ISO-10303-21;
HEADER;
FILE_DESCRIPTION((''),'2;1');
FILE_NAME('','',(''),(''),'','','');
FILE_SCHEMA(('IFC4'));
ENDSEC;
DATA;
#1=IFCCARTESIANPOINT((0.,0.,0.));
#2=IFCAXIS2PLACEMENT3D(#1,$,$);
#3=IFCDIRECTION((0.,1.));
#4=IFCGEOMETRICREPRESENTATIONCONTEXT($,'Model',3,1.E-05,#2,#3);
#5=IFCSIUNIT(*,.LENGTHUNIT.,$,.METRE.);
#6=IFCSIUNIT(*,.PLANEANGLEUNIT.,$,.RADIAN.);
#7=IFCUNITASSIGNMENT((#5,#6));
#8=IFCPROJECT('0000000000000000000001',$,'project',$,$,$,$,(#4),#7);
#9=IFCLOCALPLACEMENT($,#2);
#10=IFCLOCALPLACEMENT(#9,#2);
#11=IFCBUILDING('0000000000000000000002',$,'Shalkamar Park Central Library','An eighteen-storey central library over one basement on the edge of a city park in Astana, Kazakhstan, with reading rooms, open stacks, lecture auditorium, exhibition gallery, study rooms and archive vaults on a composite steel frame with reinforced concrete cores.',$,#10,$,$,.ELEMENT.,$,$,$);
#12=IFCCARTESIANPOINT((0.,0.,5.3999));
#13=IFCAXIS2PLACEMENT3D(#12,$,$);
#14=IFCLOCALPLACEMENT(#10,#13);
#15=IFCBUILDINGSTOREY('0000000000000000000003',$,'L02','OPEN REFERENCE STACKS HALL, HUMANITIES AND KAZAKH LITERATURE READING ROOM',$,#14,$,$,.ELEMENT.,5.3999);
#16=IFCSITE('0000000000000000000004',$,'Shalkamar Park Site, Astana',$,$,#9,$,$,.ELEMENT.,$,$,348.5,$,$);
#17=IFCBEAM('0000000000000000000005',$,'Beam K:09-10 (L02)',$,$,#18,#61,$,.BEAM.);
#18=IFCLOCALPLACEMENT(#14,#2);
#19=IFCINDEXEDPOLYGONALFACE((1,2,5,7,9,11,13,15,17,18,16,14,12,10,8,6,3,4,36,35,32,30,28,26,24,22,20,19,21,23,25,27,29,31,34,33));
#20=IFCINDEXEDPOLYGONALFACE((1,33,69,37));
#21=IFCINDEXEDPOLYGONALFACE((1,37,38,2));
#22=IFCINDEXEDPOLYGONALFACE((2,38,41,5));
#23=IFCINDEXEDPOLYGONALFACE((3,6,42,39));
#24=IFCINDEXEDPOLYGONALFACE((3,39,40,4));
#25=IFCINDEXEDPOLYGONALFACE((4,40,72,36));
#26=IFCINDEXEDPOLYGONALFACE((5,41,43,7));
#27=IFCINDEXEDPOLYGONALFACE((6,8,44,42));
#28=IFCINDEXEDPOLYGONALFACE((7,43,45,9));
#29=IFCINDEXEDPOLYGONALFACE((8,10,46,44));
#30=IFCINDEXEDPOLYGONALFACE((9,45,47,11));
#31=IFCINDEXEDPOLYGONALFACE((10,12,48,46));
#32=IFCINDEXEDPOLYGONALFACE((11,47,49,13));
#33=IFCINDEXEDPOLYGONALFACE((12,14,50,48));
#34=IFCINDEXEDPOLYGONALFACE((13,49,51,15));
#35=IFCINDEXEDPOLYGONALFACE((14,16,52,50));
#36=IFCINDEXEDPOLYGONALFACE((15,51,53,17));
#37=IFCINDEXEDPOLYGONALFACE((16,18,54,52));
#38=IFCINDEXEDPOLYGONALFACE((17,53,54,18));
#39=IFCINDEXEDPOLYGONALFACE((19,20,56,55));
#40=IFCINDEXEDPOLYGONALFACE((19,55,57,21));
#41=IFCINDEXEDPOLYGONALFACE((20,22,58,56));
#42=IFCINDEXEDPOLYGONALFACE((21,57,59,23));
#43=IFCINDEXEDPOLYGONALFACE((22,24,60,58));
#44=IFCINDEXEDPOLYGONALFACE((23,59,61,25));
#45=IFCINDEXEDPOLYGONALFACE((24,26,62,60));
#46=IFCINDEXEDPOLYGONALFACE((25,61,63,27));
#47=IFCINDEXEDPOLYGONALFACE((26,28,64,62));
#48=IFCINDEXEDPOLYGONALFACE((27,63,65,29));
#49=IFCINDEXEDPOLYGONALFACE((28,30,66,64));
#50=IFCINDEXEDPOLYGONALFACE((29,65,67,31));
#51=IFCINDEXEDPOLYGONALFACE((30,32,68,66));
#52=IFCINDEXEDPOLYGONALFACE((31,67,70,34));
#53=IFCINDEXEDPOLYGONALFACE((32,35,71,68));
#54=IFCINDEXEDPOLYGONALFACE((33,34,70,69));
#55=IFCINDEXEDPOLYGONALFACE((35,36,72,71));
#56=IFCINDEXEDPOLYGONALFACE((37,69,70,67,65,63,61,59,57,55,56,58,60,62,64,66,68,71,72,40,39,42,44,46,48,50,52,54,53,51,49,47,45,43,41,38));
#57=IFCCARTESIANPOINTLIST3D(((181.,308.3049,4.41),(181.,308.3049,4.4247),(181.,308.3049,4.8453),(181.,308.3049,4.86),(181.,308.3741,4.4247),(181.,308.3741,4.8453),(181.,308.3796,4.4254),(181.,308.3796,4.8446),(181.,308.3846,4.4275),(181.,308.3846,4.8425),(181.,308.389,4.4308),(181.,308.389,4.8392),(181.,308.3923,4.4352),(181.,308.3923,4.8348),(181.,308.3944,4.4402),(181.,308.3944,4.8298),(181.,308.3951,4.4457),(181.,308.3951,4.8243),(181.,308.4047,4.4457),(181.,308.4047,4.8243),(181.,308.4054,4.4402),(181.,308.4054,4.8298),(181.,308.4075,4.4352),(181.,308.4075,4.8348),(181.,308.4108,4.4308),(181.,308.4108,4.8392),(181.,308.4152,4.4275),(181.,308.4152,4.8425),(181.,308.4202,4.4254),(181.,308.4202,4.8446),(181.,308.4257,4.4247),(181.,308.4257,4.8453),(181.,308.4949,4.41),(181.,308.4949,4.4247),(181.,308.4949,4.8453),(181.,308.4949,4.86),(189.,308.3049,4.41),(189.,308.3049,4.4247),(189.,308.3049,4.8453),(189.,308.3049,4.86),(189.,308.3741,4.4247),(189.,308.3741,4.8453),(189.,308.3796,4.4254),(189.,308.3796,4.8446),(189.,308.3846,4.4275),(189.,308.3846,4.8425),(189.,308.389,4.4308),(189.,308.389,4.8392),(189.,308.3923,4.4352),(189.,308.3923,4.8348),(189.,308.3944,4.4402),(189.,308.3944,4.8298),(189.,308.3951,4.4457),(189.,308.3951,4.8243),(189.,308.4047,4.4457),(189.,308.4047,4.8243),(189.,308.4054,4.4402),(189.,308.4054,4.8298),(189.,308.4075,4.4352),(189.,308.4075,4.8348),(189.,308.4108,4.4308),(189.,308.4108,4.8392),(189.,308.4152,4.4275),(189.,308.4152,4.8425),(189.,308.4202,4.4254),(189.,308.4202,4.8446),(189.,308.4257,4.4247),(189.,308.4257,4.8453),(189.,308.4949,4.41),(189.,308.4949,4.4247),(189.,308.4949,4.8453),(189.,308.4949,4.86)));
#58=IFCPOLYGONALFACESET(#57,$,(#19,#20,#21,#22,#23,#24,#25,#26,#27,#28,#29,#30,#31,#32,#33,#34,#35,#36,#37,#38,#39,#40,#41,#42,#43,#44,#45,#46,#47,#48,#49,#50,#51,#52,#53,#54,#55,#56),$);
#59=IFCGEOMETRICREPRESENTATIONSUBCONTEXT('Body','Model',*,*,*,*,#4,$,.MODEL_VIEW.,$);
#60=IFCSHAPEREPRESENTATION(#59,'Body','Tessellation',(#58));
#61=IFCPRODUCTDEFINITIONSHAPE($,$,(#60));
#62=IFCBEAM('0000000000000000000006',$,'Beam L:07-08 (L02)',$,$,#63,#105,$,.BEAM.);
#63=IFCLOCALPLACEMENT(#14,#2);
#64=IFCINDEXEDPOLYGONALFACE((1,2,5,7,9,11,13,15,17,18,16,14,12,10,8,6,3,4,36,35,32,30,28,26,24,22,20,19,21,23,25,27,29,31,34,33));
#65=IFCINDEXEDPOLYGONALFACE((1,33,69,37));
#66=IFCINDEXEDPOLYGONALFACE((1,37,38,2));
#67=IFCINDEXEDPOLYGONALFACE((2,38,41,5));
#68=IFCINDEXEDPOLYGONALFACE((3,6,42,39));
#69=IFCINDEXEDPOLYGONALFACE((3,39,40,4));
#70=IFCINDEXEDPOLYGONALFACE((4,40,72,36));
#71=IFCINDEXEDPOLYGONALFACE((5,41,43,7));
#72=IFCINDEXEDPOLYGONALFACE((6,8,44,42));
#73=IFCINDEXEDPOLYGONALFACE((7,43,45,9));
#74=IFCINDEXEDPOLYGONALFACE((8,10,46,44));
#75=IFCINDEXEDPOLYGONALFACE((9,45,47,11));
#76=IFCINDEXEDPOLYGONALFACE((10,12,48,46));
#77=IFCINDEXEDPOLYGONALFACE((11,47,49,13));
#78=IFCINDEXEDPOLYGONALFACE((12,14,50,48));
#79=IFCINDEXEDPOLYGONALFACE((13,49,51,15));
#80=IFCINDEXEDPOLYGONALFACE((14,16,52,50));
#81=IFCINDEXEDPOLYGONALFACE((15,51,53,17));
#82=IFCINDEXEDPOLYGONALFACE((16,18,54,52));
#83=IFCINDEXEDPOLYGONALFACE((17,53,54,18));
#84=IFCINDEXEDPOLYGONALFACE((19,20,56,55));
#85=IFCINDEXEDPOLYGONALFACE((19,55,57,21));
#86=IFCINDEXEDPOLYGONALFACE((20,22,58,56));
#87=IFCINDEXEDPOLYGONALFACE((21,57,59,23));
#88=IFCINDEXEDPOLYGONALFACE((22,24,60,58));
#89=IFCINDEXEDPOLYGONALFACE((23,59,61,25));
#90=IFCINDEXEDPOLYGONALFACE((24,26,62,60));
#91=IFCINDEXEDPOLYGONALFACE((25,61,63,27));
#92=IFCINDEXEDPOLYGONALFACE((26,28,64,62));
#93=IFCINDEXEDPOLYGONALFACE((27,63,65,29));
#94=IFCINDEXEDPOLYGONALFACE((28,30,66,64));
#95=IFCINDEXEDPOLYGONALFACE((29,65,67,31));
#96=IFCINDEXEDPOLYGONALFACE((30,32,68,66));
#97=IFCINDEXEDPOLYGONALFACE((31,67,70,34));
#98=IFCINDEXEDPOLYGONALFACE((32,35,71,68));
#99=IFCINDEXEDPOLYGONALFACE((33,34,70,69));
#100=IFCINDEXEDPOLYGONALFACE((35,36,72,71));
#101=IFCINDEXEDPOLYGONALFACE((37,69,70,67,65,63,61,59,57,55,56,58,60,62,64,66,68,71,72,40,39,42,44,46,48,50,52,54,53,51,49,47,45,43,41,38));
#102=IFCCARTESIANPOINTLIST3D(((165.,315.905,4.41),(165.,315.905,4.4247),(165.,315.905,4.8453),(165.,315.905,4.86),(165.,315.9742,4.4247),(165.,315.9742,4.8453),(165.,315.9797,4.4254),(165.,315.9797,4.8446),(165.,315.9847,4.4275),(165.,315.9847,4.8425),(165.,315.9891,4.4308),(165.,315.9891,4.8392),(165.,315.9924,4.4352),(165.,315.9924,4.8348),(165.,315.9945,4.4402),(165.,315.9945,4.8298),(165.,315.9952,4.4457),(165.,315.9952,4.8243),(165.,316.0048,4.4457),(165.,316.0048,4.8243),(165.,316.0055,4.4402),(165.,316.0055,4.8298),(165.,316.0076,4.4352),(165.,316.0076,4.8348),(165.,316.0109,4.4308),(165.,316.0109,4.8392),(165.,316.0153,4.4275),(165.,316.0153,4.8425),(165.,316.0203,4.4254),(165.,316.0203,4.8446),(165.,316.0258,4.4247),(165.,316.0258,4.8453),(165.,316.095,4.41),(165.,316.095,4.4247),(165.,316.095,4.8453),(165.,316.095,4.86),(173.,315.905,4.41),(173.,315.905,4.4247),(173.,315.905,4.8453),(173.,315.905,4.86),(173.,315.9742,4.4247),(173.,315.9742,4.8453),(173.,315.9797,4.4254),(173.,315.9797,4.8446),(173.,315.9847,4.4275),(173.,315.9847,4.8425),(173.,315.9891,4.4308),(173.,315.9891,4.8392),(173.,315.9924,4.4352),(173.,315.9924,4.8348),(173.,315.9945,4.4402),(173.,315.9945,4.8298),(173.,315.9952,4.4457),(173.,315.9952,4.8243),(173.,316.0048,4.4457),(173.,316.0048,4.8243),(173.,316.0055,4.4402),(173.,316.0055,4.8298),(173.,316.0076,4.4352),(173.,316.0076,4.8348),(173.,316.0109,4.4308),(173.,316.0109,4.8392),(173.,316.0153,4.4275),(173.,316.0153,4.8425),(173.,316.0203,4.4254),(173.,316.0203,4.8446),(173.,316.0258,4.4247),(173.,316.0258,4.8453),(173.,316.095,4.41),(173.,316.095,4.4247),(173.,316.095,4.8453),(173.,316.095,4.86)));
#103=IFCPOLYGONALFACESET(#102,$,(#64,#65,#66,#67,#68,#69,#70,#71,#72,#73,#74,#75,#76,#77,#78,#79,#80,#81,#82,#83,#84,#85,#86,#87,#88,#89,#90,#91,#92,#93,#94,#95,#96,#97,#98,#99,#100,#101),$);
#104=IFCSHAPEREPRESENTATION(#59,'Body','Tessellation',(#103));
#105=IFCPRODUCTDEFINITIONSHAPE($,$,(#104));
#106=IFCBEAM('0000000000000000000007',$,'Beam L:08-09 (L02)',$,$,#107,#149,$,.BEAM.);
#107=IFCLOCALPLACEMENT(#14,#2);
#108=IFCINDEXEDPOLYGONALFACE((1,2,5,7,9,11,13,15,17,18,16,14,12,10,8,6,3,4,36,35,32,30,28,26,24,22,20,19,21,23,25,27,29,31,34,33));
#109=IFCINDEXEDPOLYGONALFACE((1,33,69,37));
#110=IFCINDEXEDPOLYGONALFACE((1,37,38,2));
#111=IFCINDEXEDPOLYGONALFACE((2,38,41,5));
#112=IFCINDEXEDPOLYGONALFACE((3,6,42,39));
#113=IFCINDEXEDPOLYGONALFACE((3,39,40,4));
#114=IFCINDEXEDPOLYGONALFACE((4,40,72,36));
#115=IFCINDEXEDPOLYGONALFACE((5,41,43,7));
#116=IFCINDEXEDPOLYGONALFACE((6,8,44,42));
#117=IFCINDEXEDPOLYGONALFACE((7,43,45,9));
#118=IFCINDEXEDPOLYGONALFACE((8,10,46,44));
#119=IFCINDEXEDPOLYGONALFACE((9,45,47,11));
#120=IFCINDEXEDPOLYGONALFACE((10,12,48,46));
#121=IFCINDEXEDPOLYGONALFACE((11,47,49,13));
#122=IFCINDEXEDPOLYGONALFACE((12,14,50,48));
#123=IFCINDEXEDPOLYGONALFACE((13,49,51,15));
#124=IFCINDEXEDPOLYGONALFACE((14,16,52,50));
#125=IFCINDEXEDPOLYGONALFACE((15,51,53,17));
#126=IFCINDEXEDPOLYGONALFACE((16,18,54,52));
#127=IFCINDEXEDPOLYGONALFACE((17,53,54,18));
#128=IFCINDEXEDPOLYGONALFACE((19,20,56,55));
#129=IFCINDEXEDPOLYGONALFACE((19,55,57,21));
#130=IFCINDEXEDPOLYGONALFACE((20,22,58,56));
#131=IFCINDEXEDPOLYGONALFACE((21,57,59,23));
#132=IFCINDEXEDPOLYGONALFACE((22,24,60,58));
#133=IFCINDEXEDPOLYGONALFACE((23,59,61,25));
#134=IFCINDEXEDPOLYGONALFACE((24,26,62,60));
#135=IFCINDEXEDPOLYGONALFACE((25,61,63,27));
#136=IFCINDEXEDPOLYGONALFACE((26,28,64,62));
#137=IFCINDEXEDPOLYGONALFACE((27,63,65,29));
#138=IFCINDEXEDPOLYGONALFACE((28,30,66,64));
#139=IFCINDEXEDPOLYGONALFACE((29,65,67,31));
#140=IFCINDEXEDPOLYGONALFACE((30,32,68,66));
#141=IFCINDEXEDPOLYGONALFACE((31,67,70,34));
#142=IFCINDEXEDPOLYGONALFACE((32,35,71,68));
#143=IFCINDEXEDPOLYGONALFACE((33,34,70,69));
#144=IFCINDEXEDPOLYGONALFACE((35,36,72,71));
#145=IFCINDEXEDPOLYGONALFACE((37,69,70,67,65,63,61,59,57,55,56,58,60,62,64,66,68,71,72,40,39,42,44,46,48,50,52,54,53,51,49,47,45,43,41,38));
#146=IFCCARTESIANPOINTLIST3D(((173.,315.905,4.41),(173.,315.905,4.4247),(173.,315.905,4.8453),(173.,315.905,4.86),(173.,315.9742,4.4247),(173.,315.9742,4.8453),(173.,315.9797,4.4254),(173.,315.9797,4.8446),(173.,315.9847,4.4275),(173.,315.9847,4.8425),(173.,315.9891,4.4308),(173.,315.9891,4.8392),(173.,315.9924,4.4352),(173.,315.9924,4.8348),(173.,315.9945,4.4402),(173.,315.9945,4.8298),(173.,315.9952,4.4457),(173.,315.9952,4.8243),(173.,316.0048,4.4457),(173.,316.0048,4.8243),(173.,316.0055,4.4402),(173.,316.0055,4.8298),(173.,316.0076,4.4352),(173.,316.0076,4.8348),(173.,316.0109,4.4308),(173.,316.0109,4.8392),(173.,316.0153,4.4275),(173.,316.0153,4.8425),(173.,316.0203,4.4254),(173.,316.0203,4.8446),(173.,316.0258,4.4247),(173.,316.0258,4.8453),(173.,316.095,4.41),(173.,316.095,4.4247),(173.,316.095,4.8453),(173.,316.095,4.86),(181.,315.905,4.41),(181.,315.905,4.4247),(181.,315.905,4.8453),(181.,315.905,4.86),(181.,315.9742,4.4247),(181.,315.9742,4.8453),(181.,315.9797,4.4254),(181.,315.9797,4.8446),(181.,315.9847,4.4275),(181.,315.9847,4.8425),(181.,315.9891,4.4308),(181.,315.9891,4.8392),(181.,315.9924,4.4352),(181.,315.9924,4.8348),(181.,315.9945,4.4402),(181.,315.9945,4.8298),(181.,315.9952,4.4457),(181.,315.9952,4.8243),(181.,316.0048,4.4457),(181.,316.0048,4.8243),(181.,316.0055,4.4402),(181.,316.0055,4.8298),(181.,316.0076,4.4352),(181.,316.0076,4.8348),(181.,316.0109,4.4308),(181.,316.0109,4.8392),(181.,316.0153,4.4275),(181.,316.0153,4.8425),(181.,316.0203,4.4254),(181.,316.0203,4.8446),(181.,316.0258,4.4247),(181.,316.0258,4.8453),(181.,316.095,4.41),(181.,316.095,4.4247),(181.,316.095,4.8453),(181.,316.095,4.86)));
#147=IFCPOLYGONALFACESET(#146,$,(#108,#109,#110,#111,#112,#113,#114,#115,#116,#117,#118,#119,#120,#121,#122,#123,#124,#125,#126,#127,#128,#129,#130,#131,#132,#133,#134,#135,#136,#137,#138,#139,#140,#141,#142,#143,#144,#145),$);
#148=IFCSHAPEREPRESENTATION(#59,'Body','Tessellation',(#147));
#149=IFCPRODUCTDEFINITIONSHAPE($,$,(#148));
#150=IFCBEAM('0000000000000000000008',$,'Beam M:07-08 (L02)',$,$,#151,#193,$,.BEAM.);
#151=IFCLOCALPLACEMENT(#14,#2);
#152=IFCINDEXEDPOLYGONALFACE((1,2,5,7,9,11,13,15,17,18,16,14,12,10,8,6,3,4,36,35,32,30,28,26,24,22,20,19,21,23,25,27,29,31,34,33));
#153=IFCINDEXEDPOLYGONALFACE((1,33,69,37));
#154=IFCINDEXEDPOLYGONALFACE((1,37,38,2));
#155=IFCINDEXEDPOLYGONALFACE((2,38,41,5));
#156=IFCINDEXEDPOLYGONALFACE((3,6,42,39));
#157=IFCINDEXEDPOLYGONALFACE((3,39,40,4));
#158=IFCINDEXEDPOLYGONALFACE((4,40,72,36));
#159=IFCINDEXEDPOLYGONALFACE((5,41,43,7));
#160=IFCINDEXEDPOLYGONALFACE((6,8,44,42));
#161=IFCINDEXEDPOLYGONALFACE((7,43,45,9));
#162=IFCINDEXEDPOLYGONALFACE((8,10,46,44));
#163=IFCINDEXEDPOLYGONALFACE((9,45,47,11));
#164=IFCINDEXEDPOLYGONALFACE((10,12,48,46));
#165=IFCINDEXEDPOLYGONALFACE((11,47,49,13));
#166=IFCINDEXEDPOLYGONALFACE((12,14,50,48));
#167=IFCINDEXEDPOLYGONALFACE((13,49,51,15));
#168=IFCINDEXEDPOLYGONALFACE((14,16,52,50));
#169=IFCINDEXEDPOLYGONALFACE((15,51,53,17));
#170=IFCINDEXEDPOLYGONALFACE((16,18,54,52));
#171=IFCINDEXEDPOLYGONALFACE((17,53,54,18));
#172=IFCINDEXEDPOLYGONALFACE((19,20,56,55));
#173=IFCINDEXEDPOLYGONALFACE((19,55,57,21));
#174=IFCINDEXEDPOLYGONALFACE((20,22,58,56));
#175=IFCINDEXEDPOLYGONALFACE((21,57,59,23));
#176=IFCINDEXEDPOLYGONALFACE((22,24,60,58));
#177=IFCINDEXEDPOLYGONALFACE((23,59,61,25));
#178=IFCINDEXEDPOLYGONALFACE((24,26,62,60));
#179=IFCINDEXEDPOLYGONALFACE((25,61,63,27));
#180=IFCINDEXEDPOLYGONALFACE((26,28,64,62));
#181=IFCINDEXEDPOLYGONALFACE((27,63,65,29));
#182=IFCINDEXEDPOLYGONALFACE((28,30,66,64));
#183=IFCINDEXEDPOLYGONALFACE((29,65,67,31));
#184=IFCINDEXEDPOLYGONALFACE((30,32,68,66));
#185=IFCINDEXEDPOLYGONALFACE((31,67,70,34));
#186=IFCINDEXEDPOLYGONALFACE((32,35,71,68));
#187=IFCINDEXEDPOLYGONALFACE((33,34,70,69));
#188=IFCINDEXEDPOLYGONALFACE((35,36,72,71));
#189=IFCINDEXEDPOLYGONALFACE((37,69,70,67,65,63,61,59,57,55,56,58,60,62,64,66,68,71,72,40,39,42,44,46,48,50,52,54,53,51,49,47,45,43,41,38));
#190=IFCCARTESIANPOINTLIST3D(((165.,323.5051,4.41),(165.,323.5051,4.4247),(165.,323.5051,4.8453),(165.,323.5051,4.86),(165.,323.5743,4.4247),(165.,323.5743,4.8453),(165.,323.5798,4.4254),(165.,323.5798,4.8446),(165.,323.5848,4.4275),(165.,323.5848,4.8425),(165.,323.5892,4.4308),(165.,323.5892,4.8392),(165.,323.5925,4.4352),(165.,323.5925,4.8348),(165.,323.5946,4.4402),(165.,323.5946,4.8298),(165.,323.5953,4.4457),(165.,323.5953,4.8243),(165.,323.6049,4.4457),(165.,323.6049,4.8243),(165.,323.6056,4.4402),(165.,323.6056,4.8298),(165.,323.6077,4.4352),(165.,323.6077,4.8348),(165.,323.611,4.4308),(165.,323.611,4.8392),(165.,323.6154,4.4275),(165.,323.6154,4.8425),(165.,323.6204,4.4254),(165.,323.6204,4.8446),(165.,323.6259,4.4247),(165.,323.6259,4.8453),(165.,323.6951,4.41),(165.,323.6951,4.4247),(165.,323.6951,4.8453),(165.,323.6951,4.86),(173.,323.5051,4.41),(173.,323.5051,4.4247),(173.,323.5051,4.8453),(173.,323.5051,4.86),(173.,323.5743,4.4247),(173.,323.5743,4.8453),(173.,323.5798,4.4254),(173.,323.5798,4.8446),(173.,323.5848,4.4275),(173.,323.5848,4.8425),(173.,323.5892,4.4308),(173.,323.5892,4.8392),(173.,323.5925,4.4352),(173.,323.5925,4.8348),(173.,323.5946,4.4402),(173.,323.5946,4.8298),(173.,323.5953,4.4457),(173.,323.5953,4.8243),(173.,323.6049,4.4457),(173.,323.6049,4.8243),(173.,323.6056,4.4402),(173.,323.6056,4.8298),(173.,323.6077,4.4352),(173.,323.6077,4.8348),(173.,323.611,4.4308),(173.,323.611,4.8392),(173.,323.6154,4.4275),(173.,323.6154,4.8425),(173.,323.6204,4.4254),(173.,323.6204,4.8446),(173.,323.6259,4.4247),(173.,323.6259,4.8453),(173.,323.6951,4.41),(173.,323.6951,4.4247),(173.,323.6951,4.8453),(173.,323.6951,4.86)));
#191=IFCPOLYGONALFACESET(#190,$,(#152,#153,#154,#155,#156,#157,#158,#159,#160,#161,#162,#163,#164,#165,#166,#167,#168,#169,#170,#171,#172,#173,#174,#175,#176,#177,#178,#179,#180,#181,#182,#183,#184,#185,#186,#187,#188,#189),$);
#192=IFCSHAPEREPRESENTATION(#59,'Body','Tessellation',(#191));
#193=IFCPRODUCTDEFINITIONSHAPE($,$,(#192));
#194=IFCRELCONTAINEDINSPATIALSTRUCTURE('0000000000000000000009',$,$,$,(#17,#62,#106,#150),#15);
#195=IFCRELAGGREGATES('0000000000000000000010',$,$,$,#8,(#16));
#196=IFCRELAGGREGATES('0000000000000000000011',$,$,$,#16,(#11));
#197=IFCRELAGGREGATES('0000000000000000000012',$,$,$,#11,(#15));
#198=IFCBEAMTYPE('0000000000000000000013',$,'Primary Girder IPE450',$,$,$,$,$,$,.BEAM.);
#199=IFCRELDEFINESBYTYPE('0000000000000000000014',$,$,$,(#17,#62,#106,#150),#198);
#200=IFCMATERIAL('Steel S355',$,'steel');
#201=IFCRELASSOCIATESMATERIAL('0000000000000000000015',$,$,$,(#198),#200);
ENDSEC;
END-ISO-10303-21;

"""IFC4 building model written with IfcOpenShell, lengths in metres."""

from ifc_helpers import new_model, si_unit, direction, frame, origin, origin_2d, place, context, subcontext, project, spatial, i_section, extrude, material, material_profile, profile_set, type_object, element, save


model = new_model("IFC4")

# Units and contexts
model_context = context("Model", 3, precision=1e-05, world=origin(), true_north=direction((0.0, 1.0)))
body_context = subcontext(model_context, "Body", "Model", "MODEL_VIEW")
ifc_project = project(units=[si_unit("LENGTHUNIT", "METRE"), si_unit("PLANEANGLEUNIT", "RADIAN")], contexts=[model_context])

# Site, building, storey
site_placement = place(None, origin())
site = spatial("IfcSite", under=ifc_project, at=site_placement, Name="Shalkamar Park Site, Astana", CompositionType="ELEMENT", RefElevation=348.5)
building_placement = place(site_placement, origin())
building = spatial("IfcBuilding", under=site, at=building_placement, Name="Shalkamar Park Central Library", Description="An eighteen-storey central library over one basement on the edge of a city park in Astana, Kazakhstan, with reading rooms, open stacks, lecture auditorium, exhibition gallery, study rooms and archive vaults on a composite steel frame with reinforced concrete cores.", CompositionType="ELEMENT")
storey_placement = place(building_placement, frame((0.0, 0.0, 5.3999)))
storey = spatial("IfcBuildingStorey", under=building, at=storey_placement, Name="L02", Description="OPEN REFERENCE STACKS HALL, HUMANITIES AND KAZAKH LITERATURE READING ROOM", CompositionType="ELEMENT", Elevation=5.3999)

# Shared definitions
ifc_material = material(Name="Steel S355", Category="steel")

# Beams
ifc_material_profile_1 = material_profile(ifc_material, i_section(OverallWidth=0.1899, OverallDepth=0.45, WebThickness=0.0095, FlangeThickness=0.0146, FilletRadius=0.021, at=origin_2d()), Name="IPE 450")
ifc_profile_set_1 = profile_set([ifc_material_profile_1], Name="Steel S355")
beam_type_1 = type_object("IfcBeamType", Name="Primary Girder IPE450", PredefinedType="BEAM", material=ifc_profile_set_1)
for number, where, z_axis, x_axis, name in (
    (1, (181.0, 308.3999, 4.635), (1.0, 0.0, 0.0), (0.0, 1.0, 0.0), "Beam K:09-10 (L02)"),
    (2, (165.0, 316.0, 4.635), (1.0, 0.0, 0.0), (0.0, 1.0, 0.0), "Beam L:07-08 (L02)"),
    (3, (173.0, 316.0, 4.635), (1.0, 0.0, 0.0), (0.0, 1.0, 0.0), "Beam L:08-09 (L02)"),
    (4, (165.0, 323.6001, 4.635), (1.0, 0.0, 0.0), (0.0, 1.0, 0.0), "Beam M:07-08 (L02)"),
):
    element("IfcBeam", number, at=place(storey_placement, frame(where, z_axis=z_axis, x_axis=x_axis)), inside=storey, type_object=beam_type_1, Name=name, PredefinedType="BEAM", context=body_context, shape_type="SweptSolid", body=[
        extrude(i_section(OverallWidth=0.1899, OverallDepth=0.45, WebThickness=0.0095, FlangeThickness=0.0146, FilletRadius=0.021, at=origin_2d()), origin(), (0.0, 0.0, 1.0), 8.0),
    ])

save(model, "model.ifc")
